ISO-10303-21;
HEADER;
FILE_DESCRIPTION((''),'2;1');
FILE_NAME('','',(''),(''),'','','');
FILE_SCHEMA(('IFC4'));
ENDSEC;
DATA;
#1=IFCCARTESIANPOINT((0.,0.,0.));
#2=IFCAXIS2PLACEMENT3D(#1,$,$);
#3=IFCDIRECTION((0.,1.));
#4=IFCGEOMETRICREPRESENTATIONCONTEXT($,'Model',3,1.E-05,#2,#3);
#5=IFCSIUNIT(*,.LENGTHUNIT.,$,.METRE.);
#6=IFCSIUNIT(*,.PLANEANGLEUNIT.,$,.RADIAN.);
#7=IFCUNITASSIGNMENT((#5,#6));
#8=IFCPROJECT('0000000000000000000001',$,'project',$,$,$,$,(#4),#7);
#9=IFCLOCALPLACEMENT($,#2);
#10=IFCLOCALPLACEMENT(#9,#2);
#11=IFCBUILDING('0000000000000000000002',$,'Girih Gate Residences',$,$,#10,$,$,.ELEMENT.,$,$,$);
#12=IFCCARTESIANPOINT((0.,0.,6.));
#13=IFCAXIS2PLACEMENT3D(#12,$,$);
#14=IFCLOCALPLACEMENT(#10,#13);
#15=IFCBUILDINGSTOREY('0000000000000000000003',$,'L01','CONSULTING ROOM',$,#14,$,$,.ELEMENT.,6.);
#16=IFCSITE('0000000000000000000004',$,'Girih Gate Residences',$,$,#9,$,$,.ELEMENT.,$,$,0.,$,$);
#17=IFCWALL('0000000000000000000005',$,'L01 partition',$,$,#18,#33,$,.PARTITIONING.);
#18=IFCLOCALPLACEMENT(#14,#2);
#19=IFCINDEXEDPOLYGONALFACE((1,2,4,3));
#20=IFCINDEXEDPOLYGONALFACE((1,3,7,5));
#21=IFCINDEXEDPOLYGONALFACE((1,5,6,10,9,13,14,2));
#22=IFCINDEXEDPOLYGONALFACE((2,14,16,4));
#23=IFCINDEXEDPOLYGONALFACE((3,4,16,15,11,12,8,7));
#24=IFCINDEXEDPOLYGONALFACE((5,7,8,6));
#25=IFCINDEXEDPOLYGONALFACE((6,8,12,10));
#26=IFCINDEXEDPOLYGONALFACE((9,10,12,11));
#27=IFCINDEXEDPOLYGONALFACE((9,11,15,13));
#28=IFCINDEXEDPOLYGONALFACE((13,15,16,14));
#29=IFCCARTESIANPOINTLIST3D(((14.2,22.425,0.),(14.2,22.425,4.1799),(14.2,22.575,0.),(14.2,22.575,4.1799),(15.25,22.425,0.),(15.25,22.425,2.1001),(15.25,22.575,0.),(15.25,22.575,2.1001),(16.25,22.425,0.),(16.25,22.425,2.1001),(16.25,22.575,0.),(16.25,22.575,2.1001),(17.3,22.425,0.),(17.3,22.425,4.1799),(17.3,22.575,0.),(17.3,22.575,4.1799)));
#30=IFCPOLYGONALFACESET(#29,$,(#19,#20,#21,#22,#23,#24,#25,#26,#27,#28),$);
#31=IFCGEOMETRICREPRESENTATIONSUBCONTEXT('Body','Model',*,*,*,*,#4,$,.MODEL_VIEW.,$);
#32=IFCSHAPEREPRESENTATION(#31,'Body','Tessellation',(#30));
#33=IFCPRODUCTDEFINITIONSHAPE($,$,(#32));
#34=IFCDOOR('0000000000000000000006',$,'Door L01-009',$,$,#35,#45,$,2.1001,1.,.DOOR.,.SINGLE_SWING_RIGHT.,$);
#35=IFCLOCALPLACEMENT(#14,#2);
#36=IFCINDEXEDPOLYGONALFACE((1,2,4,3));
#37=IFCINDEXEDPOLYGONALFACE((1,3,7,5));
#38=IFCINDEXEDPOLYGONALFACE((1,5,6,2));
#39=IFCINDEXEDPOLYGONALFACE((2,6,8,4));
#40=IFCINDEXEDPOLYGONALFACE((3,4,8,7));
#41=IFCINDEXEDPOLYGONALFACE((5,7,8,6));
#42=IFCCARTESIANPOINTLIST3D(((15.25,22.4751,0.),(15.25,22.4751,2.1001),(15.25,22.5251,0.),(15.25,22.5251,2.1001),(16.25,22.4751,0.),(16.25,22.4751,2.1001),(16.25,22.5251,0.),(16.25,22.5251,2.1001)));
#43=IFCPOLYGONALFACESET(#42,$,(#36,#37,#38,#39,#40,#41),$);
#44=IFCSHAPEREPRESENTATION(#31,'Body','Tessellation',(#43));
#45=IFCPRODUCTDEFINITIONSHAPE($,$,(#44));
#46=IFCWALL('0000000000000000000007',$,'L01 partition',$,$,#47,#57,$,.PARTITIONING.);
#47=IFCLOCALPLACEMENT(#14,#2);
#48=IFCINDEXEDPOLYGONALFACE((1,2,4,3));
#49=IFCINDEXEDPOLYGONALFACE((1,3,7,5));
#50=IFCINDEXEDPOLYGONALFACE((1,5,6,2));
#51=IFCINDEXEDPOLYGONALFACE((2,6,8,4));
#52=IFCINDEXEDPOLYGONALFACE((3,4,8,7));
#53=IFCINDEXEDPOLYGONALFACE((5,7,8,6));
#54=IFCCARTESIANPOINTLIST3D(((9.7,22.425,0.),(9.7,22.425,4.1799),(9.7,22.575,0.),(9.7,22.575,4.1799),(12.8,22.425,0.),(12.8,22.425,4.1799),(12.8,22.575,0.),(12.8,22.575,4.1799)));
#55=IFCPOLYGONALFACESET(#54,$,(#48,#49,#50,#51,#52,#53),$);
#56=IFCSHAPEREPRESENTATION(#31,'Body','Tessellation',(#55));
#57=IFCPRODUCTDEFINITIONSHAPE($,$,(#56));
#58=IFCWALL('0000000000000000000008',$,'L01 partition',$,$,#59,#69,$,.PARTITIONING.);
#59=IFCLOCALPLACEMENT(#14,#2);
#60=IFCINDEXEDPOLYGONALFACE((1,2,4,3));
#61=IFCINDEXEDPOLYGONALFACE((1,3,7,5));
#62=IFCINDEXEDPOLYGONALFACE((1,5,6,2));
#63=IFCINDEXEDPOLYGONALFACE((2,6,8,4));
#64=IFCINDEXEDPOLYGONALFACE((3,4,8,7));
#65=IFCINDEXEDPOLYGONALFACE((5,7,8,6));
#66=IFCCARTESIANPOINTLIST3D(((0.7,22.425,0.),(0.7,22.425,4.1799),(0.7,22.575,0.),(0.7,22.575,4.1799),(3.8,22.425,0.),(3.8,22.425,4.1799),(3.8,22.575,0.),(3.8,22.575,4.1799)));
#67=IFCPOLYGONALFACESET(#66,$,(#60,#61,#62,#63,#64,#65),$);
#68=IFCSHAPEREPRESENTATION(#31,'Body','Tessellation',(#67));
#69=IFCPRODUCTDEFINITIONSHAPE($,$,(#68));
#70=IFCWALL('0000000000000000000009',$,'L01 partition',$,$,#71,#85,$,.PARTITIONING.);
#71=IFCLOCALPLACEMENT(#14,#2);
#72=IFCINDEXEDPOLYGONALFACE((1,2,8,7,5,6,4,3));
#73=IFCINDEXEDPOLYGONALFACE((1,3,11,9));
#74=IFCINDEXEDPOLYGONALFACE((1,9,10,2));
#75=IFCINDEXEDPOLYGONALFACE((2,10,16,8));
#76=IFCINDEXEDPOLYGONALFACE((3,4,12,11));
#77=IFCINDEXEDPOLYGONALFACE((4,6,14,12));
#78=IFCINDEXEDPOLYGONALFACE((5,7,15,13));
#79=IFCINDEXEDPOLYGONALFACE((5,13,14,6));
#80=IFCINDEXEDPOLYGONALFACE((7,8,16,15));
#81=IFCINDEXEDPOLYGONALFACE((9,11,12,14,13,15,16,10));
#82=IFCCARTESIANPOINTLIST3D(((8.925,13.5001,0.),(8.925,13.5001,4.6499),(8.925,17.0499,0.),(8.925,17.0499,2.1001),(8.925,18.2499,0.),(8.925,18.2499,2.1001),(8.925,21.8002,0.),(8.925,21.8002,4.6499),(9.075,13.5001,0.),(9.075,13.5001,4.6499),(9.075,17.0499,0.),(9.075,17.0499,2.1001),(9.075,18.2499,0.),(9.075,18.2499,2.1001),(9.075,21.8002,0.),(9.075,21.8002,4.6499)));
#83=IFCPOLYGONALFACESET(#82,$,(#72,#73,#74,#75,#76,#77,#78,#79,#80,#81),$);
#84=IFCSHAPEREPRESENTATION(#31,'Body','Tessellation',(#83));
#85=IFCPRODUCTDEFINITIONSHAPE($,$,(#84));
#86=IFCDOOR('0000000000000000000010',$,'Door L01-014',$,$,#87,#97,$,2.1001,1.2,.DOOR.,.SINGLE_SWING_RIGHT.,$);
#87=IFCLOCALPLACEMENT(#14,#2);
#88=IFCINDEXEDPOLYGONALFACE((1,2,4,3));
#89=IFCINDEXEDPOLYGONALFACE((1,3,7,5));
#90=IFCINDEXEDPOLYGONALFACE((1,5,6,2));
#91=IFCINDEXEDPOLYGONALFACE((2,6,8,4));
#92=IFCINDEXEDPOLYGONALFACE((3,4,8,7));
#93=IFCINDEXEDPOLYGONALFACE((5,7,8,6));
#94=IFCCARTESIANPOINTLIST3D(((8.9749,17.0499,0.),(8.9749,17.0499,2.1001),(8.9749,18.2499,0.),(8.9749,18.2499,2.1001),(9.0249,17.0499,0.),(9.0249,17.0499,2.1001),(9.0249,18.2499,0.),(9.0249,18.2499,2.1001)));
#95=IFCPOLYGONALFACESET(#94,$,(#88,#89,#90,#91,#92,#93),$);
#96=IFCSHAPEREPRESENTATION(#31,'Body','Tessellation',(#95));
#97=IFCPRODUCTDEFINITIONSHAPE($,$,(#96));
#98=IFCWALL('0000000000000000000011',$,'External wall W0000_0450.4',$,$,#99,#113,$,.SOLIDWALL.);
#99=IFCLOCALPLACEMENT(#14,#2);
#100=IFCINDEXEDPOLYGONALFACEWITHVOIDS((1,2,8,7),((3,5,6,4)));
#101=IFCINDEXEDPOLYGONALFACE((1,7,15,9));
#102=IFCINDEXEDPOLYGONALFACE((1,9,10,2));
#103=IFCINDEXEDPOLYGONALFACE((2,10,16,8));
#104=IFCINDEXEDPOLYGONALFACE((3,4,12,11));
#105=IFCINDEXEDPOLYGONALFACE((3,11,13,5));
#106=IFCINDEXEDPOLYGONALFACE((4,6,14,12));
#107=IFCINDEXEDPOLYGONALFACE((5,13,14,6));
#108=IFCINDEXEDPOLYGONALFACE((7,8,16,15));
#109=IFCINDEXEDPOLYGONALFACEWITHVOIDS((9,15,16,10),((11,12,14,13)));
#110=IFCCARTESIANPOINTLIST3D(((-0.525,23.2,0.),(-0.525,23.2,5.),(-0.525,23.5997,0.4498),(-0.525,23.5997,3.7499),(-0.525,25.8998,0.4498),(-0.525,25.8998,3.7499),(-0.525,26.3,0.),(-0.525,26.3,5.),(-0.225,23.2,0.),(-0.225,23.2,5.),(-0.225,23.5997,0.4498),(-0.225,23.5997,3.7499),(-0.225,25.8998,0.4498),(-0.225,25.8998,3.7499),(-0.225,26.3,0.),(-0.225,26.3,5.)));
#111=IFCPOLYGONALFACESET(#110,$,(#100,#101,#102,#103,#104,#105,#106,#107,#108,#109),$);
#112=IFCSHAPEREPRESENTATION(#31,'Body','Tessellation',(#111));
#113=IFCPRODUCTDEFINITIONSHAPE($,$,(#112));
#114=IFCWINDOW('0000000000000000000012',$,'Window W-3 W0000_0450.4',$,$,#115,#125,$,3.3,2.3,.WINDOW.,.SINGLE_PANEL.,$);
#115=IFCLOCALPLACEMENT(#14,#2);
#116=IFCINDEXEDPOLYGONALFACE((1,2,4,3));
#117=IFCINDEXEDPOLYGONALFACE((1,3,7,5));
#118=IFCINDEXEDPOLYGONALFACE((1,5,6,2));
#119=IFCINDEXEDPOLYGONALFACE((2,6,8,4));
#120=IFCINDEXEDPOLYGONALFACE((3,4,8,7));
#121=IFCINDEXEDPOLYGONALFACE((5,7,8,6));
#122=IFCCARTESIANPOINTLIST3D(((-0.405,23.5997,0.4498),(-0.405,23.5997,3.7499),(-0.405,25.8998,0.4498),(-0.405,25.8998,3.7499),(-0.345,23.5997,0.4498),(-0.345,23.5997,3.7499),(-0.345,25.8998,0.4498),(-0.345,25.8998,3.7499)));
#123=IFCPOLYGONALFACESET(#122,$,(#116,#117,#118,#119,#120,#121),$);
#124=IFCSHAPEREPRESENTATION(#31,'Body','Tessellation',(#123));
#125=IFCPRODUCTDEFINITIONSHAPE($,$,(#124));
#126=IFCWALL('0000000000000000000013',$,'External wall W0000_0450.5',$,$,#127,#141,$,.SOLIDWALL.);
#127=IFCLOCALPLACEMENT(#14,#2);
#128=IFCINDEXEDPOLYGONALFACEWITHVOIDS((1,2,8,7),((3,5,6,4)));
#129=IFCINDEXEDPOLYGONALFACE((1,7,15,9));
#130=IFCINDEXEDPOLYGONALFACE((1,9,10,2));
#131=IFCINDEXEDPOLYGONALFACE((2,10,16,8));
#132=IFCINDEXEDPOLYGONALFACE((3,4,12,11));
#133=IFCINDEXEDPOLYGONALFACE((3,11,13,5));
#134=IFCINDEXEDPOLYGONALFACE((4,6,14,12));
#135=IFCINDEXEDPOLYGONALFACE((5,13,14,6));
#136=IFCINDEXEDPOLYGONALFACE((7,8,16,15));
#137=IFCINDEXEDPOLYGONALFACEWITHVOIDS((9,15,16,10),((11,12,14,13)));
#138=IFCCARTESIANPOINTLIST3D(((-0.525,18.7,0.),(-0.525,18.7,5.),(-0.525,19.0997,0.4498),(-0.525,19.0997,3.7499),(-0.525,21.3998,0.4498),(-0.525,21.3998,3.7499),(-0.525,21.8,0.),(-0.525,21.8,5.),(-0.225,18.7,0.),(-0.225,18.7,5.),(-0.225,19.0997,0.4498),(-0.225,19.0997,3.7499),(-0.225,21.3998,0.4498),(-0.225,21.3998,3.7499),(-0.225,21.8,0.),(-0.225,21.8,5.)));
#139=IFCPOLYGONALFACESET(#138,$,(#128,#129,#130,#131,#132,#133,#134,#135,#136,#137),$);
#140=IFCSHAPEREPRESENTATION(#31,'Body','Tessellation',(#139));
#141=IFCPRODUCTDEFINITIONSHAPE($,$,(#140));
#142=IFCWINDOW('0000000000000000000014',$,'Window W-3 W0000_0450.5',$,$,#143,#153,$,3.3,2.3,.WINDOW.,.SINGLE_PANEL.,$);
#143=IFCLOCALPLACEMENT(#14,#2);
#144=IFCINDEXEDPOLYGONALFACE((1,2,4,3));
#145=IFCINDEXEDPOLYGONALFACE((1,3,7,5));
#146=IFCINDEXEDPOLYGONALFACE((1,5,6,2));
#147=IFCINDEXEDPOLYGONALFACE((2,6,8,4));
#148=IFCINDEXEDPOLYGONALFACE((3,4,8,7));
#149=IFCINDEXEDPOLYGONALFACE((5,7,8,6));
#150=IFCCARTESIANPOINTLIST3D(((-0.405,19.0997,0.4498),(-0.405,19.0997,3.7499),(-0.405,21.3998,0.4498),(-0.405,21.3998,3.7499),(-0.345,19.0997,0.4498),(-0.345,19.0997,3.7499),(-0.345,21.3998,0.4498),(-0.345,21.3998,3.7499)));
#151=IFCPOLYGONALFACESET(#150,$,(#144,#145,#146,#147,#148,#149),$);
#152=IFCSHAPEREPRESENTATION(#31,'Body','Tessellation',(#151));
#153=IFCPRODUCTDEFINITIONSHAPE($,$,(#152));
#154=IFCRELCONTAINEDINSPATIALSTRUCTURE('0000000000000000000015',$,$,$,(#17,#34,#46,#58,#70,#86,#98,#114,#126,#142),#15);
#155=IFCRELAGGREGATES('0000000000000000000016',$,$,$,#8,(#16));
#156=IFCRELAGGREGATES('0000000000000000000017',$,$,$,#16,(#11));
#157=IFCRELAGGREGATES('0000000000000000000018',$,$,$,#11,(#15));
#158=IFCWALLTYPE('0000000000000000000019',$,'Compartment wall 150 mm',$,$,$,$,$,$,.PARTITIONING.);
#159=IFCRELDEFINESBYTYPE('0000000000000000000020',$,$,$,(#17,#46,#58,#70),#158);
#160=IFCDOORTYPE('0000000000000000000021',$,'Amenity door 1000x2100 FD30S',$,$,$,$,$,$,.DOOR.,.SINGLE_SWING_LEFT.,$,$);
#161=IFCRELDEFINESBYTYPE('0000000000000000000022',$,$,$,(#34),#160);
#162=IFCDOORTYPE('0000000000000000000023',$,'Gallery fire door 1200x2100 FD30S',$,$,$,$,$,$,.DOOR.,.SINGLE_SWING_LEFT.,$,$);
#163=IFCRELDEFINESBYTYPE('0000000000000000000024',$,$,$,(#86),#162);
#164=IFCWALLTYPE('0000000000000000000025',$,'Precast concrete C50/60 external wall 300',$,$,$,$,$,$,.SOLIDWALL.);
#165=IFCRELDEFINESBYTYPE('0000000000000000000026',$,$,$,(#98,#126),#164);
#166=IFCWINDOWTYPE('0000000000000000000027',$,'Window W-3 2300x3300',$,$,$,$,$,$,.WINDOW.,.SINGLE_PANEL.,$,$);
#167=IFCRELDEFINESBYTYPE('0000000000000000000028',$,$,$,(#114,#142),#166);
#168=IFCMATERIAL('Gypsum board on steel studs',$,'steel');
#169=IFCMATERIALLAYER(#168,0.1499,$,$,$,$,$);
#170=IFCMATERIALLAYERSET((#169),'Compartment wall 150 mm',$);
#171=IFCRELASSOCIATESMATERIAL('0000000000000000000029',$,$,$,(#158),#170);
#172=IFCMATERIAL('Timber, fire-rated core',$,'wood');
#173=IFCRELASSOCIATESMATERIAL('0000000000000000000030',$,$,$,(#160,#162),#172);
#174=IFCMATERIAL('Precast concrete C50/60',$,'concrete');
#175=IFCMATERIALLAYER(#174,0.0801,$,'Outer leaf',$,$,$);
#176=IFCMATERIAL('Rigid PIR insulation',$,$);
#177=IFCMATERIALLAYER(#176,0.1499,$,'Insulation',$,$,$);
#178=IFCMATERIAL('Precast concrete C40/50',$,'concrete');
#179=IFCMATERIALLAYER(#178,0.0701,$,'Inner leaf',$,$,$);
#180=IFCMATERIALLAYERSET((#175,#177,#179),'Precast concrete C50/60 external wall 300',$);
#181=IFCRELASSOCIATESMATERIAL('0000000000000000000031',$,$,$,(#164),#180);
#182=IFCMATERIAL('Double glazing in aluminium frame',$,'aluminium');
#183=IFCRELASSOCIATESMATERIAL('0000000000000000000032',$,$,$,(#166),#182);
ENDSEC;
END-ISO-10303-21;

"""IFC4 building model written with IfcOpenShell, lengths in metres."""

from ifc_helpers import new_model, si_unit, direction, frame, frame_2d, origin, place, context, subcontext, project, spatial, rectangle, extrude, material, layer, layer_set, type_object, element, fill, save


model = new_model("IFC4")

# Units and contexts
model_context = context("Model", 3, precision=1e-05, world=origin(), true_north=direction((0.0, 1.0)))
body_context = subcontext(model_context, "Body", "Model", "MODEL_VIEW")
ifc_project = project(units=[si_unit("LENGTHUNIT", "METRE"), si_unit("PLANEANGLEUNIT", "RADIAN")], contexts=[model_context])

# Site, building, storey
site_placement = place(None, origin())
site = spatial("IfcSite", under=ifc_project, at=site_placement, Name="Girih Gate Residences", CompositionType="ELEMENT", RefElevation=0.0)
building_placement = place(site_placement, origin())
building = spatial("IfcBuilding", under=site, at=building_placement, Name="Girih Gate Residences", CompositionType="ELEMENT")
storey_placement = place(building_placement, frame((0.0, 0.0, 6.0)))
storey = spatial("IfcBuildingStorey", under=building, at=storey_placement, Name="L01", Description="CONSULTING ROOM", CompositionType="ELEMENT", Elevation=6.0)

# Wall, opening, door
ifc_material_1 = material(Name="Gypsum board on steel studs", Category="steel")
ifc_layer_1 = layer(ifc_material_1, 0.1499)
ifc_layer_set_1 = layer_set([ifc_layer_1], Name="Compartment wall 150 mm")
wall_type_1 = type_object("IfcWallType", Name="Compartment wall 150 mm", PredefinedType="PARTITIONING", material=ifc_layer_set_1)
wall_1_placement = place(storey_placement, frame((17.3, 22.5, 0.0), z_axis=(0.0, 0.0, 1.0), x_axis=(-1.0, 0.0, 0.0)))
wall_1 = element("IfcWall", 1, at=wall_1_placement, inside=storey, type_object=wall_type_1, Name="L01 partition", PredefinedType="PARTITIONING", context=body_context, shape_type="SweptSolid", body=[
    extrude(rectangle(XDim=3.1001, YDim=0.1499, at=frame_2d((1.55, 0.0))), origin(), (0.0, 0.0, 1.0), 4.1799),
])
opening_1_placement = place(wall_1_placement, frame((1.05, 0.0, 0.0)))
opening_1 = element("IfcOpeningElement", 2, at=opening_1_placement, cuts=wall_1, PredefinedType="OPENING", context=body_context, shape_type="SweptSolid", body=[
    extrude(rectangle(XDim=1.0, YDim=2.1001, at=frame_2d((0.5, 1.05))), frame((0.0, 0.085, 0.0), z_axis=(0.0, -1.0, 0.0), x_axis=(1.0, 0.0, 0.0)), (0.0, 0.0, 1.0), 0.1699),
])
ifc_material_2 = material(Name="Timber, fire-rated core", Category="wood")
door_type_1 = type_object("IfcDoorType", Name="Amenity door 1000x2100 FD30S", OperationType="SINGLE_SWING_LEFT", PredefinedType="DOOR", material=ifc_material_2)
door_1_placement = place(opening_1_placement, origin())
door_1 = element("IfcDoor", 3, at=door_1_placement, inside=storey, type_object=door_type_1, Name="Door L01-009", OperationType="SINGLE_SWING_RIGHT", OverallHeight=2.1001, OverallWidth=1.0, PredefinedType="DOOR", context=body_context, shape_type="SweptSolid", body=[
    extrude(rectangle(XDim=1.0, YDim=2.1001, at=frame_2d((0.5, 1.05))), frame((0.0, 0.0249, 0.0), z_axis=(0.0, -1.0, 0.0), x_axis=(1.0, 0.0, 0.0)), (0.0, 0.0, 1.0), 0.05),
])
fill(opening_1, door_1)

# Walls
for number, where, z_axis, x_axis, name in (
    (4, (9.7, 22.5, 0.0), (0.0, 0.0, 1.0), (1.0, 0.0, 0.0), "L01 partition"),
    (5, (0.7, 22.5, 0.0), (0.0, 0.0, 1.0), (1.0, 0.0, 0.0), "L01 partition"),
):
    element("IfcWall", number, at=place(storey_placement, frame(where, z_axis=z_axis, x_axis=x_axis)), inside=storey, type_object=wall_type_1, Name=name, PredefinedType="PARTITIONING", context=body_context, shape_type="SweptSolid", body=[
        extrude(rectangle(XDim=3.1001, YDim=0.1499, at=frame_2d((1.55, 0.0))), origin(), (0.0, 0.0, 1.0), 4.1799),
    ])

# Wall, opening, door
wall_2_placement = place(storey_placement, frame((9.0, 21.8, 0.0), z_axis=(0.0, 0.0, 1.0), x_axis=(0.0, -1.0, 0.0)))
wall_2 = element("IfcWall", 6, at=wall_2_placement, inside=storey, type_object=wall_type_1, Name="L01 partition", PredefinedType="PARTITIONING", context=body_context, shape_type="SweptSolid", body=[
    extrude(rectangle(XDim=8.3, YDim=0.1499, at=frame_2d((4.1499, 0.0))), origin(), (0.0, 0.0, 1.0), 4.6499),
])
opening_2_placement = place(wall_2_placement, frame((3.55, 0.0, 0.0)))
opening_2 = element("IfcOpeningElement", 7, at=opening_2_placement, cuts=wall_2, PredefinedType="OPENING", context=body_context, shape_type="SweptSolid", body=[
    extrude(rectangle(XDim=1.2, YDim=2.1001, at=frame_2d((0.6001, 1.05))), frame((0.0, 0.085, 0.0), z_axis=(0.0, -1.0, 0.0), x_axis=(1.0, 0.0, 0.0)), (0.0, 0.0, 1.0), 0.1699),
])
door_type_2 = type_object("IfcDoorType", Name="Gallery fire door 1200x2100 FD30S", OperationType="SINGLE_SWING_LEFT", PredefinedType="DOOR", material=ifc_material_2)
door_2_placement = place(opening_2_placement, origin())
door_2 = element("IfcDoor", 8, at=door_2_placement, inside=storey, type_object=door_type_2, Name="Door L01-014", OperationType="SINGLE_SWING_RIGHT", OverallHeight=2.1001, OverallWidth=1.2, PredefinedType="DOOR", context=body_context, shape_type="SweptSolid", body=[
    extrude(rectangle(XDim=1.2, YDim=2.1001, at=frame_2d((0.6001, 1.05))), frame((0.0, 0.0249, 0.0), z_axis=(0.0, -1.0, 0.0), x_axis=(1.0, 0.0, 0.0)), (0.0, 0.0, 1.0), 0.05),
])
fill(opening_2, door_2)

# Walls, openings, windows
ifc_material_3 = material(Name="Precast concrete C50/60", Category="concrete")
ifc_layer_2 = layer(ifc_material_3, 0.0801, Name="Outer leaf")
ifc_material_4 = material(Name="Rigid PIR insulation")
ifc_layer_3 = layer(ifc_material_4, 0.1499, Name="Insulation")
ifc_material_5 = material(Name="Precast concrete C40/50", Category="concrete")
ifc_layer_4 = layer(ifc_material_5, 0.0701, Name="Inner leaf")
ifc_layer_set_2 = layer_set([ifc_layer_2, ifc_layer_3, ifc_layer_4], Name="Precast concrete C50/60 external wall 300")
wall_type_2 = type_object("IfcWallType", Name="Precast concrete C50/60 external wall 300", PredefinedType="SOLIDWALL", material=ifc_layer_set_2)
wall_3_placement = place(storey_placement, frame((-0.375, 23.2, 0.0), z_axis=(0.0, 0.0, 1.0), x_axis=(0.0, 1.0, 0.0)))
wall_3 = element("IfcWall", 9, at=wall_3_placement, inside=storey, type_object=wall_type_2, Name="External wall W0000_0450.4", PredefinedType="SOLIDWALL", context=body_context, shape_type="SweptSolid", body=[
    extrude(rectangle(XDim=3.1001, YDim=0.3, at=frame_2d((1.55, 0.0))), origin(), (0.0, 0.0, 1.0), 5.0),
])
opening_3_placement = place(wall_3_placement, frame((0.3999, 0.0, 0.45)))
opening_3 = element("IfcOpeningElement", 10, at=opening_3_placement, cuts=wall_3, PredefinedType="OPENING", context=body_context, shape_type="SweptSolid", body=[
    extrude(rectangle(XDim=2.3, YDim=3.3, at=frame_2d((1.1499, 1.6499))), frame((0.0, 0.1599, 0.0), z_axis=(0.0, -1.0, 0.0), x_axis=(1.0, 0.0, 0.0)), (0.0, 0.0, 1.0), 0.3201),
])
ifc_material_6 = material(Name="Double glazing in aluminium frame", Category="aluminium")
window_type = type_object("IfcWindowType", Name="Window W-3 2300x3300", PartitioningType="SINGLE_PANEL", PredefinedType="WINDOW", material=ifc_material_6)
window_1_placement = place(opening_3_placement, origin())
window_1 = element("IfcWindow", 11, at=window_1_placement, inside=storey, type_object=window_type, Name="Window W-3 W0000_0450.4", OverallHeight=3.3, OverallWidth=2.3, PartitioningType="SINGLE_PANEL", PredefinedType="WINDOW", context=body_context, shape_type="SweptSolid", body=[
    extrude(rectangle(XDim=2.3, YDim=3.3, at=frame_2d((1.1499, 1.6499))), frame((0.0, 0.03, 0.0), z_axis=(0.0, -1.0, 0.0), x_axis=(1.0, 0.0, 0.0)), (0.0, 0.0, 1.0), 0.0601),
])
fill(opening_3, window_1)
wall_4_placement = place(storey_placement, frame((-0.375, 18.7, 0.0), z_axis=(0.0, 0.0, 1.0), x_axis=(0.0, 1.0, 0.0)))
wall_4 = element("IfcWall", 12, at=wall_4_placement, inside=storey, type_object=wall_type_2, Name="External wall W0000_0450.5", PredefinedType="SOLIDWALL", context=body_context, shape_type="SweptSolid", body=[
    extrude(rectangle(XDim=3.1001, YDim=0.3, at=frame_2d((1.55, 0.0))), origin(), (0.0, 0.0, 1.0), 5.0),
])
opening_4_placement = place(wall_4_placement, frame((0.3999, 0.0, 0.45)))
opening_4 = element("IfcOpeningElement", 13, at=opening_4_placement, cuts=wall_4, PredefinedType="OPENING", context=body_context, shape_type="SweptSolid", body=[
    extrude(rectangle(XDim=2.3, YDim=3.3, at=frame_2d((1.1499, 1.6499))), frame((0.0, 0.1599, 0.0), z_axis=(0.0, -1.0, 0.0), x_axis=(1.0, 0.0, 0.0)), (0.0, 0.0, 1.0), 0.3201),
])
window_2_placement = place(opening_4_placement, origin())
window_2 = element("IfcWindow", 14, at=window_2_placement, inside=storey, type_object=window_type, Name="Window W-3 W0000_0450.5", OverallHeight=3.3, OverallWidth=2.3, PartitioningType="SINGLE_PANEL", PredefinedType="WINDOW", context=body_context, shape_type="SweptSolid", body=[
    extrude(rectangle(XDim=2.3, YDim=3.3, at=frame_2d((1.1499, 1.6499))), frame((0.0, 0.03, 0.0), z_axis=(0.0, -1.0, 0.0), x_axis=(1.0, 0.0, 0.0)), (0.0, 0.0, 1.0), 0.0601),
])
fill(opening_4, window_2)

save(model, "model.ifc")
